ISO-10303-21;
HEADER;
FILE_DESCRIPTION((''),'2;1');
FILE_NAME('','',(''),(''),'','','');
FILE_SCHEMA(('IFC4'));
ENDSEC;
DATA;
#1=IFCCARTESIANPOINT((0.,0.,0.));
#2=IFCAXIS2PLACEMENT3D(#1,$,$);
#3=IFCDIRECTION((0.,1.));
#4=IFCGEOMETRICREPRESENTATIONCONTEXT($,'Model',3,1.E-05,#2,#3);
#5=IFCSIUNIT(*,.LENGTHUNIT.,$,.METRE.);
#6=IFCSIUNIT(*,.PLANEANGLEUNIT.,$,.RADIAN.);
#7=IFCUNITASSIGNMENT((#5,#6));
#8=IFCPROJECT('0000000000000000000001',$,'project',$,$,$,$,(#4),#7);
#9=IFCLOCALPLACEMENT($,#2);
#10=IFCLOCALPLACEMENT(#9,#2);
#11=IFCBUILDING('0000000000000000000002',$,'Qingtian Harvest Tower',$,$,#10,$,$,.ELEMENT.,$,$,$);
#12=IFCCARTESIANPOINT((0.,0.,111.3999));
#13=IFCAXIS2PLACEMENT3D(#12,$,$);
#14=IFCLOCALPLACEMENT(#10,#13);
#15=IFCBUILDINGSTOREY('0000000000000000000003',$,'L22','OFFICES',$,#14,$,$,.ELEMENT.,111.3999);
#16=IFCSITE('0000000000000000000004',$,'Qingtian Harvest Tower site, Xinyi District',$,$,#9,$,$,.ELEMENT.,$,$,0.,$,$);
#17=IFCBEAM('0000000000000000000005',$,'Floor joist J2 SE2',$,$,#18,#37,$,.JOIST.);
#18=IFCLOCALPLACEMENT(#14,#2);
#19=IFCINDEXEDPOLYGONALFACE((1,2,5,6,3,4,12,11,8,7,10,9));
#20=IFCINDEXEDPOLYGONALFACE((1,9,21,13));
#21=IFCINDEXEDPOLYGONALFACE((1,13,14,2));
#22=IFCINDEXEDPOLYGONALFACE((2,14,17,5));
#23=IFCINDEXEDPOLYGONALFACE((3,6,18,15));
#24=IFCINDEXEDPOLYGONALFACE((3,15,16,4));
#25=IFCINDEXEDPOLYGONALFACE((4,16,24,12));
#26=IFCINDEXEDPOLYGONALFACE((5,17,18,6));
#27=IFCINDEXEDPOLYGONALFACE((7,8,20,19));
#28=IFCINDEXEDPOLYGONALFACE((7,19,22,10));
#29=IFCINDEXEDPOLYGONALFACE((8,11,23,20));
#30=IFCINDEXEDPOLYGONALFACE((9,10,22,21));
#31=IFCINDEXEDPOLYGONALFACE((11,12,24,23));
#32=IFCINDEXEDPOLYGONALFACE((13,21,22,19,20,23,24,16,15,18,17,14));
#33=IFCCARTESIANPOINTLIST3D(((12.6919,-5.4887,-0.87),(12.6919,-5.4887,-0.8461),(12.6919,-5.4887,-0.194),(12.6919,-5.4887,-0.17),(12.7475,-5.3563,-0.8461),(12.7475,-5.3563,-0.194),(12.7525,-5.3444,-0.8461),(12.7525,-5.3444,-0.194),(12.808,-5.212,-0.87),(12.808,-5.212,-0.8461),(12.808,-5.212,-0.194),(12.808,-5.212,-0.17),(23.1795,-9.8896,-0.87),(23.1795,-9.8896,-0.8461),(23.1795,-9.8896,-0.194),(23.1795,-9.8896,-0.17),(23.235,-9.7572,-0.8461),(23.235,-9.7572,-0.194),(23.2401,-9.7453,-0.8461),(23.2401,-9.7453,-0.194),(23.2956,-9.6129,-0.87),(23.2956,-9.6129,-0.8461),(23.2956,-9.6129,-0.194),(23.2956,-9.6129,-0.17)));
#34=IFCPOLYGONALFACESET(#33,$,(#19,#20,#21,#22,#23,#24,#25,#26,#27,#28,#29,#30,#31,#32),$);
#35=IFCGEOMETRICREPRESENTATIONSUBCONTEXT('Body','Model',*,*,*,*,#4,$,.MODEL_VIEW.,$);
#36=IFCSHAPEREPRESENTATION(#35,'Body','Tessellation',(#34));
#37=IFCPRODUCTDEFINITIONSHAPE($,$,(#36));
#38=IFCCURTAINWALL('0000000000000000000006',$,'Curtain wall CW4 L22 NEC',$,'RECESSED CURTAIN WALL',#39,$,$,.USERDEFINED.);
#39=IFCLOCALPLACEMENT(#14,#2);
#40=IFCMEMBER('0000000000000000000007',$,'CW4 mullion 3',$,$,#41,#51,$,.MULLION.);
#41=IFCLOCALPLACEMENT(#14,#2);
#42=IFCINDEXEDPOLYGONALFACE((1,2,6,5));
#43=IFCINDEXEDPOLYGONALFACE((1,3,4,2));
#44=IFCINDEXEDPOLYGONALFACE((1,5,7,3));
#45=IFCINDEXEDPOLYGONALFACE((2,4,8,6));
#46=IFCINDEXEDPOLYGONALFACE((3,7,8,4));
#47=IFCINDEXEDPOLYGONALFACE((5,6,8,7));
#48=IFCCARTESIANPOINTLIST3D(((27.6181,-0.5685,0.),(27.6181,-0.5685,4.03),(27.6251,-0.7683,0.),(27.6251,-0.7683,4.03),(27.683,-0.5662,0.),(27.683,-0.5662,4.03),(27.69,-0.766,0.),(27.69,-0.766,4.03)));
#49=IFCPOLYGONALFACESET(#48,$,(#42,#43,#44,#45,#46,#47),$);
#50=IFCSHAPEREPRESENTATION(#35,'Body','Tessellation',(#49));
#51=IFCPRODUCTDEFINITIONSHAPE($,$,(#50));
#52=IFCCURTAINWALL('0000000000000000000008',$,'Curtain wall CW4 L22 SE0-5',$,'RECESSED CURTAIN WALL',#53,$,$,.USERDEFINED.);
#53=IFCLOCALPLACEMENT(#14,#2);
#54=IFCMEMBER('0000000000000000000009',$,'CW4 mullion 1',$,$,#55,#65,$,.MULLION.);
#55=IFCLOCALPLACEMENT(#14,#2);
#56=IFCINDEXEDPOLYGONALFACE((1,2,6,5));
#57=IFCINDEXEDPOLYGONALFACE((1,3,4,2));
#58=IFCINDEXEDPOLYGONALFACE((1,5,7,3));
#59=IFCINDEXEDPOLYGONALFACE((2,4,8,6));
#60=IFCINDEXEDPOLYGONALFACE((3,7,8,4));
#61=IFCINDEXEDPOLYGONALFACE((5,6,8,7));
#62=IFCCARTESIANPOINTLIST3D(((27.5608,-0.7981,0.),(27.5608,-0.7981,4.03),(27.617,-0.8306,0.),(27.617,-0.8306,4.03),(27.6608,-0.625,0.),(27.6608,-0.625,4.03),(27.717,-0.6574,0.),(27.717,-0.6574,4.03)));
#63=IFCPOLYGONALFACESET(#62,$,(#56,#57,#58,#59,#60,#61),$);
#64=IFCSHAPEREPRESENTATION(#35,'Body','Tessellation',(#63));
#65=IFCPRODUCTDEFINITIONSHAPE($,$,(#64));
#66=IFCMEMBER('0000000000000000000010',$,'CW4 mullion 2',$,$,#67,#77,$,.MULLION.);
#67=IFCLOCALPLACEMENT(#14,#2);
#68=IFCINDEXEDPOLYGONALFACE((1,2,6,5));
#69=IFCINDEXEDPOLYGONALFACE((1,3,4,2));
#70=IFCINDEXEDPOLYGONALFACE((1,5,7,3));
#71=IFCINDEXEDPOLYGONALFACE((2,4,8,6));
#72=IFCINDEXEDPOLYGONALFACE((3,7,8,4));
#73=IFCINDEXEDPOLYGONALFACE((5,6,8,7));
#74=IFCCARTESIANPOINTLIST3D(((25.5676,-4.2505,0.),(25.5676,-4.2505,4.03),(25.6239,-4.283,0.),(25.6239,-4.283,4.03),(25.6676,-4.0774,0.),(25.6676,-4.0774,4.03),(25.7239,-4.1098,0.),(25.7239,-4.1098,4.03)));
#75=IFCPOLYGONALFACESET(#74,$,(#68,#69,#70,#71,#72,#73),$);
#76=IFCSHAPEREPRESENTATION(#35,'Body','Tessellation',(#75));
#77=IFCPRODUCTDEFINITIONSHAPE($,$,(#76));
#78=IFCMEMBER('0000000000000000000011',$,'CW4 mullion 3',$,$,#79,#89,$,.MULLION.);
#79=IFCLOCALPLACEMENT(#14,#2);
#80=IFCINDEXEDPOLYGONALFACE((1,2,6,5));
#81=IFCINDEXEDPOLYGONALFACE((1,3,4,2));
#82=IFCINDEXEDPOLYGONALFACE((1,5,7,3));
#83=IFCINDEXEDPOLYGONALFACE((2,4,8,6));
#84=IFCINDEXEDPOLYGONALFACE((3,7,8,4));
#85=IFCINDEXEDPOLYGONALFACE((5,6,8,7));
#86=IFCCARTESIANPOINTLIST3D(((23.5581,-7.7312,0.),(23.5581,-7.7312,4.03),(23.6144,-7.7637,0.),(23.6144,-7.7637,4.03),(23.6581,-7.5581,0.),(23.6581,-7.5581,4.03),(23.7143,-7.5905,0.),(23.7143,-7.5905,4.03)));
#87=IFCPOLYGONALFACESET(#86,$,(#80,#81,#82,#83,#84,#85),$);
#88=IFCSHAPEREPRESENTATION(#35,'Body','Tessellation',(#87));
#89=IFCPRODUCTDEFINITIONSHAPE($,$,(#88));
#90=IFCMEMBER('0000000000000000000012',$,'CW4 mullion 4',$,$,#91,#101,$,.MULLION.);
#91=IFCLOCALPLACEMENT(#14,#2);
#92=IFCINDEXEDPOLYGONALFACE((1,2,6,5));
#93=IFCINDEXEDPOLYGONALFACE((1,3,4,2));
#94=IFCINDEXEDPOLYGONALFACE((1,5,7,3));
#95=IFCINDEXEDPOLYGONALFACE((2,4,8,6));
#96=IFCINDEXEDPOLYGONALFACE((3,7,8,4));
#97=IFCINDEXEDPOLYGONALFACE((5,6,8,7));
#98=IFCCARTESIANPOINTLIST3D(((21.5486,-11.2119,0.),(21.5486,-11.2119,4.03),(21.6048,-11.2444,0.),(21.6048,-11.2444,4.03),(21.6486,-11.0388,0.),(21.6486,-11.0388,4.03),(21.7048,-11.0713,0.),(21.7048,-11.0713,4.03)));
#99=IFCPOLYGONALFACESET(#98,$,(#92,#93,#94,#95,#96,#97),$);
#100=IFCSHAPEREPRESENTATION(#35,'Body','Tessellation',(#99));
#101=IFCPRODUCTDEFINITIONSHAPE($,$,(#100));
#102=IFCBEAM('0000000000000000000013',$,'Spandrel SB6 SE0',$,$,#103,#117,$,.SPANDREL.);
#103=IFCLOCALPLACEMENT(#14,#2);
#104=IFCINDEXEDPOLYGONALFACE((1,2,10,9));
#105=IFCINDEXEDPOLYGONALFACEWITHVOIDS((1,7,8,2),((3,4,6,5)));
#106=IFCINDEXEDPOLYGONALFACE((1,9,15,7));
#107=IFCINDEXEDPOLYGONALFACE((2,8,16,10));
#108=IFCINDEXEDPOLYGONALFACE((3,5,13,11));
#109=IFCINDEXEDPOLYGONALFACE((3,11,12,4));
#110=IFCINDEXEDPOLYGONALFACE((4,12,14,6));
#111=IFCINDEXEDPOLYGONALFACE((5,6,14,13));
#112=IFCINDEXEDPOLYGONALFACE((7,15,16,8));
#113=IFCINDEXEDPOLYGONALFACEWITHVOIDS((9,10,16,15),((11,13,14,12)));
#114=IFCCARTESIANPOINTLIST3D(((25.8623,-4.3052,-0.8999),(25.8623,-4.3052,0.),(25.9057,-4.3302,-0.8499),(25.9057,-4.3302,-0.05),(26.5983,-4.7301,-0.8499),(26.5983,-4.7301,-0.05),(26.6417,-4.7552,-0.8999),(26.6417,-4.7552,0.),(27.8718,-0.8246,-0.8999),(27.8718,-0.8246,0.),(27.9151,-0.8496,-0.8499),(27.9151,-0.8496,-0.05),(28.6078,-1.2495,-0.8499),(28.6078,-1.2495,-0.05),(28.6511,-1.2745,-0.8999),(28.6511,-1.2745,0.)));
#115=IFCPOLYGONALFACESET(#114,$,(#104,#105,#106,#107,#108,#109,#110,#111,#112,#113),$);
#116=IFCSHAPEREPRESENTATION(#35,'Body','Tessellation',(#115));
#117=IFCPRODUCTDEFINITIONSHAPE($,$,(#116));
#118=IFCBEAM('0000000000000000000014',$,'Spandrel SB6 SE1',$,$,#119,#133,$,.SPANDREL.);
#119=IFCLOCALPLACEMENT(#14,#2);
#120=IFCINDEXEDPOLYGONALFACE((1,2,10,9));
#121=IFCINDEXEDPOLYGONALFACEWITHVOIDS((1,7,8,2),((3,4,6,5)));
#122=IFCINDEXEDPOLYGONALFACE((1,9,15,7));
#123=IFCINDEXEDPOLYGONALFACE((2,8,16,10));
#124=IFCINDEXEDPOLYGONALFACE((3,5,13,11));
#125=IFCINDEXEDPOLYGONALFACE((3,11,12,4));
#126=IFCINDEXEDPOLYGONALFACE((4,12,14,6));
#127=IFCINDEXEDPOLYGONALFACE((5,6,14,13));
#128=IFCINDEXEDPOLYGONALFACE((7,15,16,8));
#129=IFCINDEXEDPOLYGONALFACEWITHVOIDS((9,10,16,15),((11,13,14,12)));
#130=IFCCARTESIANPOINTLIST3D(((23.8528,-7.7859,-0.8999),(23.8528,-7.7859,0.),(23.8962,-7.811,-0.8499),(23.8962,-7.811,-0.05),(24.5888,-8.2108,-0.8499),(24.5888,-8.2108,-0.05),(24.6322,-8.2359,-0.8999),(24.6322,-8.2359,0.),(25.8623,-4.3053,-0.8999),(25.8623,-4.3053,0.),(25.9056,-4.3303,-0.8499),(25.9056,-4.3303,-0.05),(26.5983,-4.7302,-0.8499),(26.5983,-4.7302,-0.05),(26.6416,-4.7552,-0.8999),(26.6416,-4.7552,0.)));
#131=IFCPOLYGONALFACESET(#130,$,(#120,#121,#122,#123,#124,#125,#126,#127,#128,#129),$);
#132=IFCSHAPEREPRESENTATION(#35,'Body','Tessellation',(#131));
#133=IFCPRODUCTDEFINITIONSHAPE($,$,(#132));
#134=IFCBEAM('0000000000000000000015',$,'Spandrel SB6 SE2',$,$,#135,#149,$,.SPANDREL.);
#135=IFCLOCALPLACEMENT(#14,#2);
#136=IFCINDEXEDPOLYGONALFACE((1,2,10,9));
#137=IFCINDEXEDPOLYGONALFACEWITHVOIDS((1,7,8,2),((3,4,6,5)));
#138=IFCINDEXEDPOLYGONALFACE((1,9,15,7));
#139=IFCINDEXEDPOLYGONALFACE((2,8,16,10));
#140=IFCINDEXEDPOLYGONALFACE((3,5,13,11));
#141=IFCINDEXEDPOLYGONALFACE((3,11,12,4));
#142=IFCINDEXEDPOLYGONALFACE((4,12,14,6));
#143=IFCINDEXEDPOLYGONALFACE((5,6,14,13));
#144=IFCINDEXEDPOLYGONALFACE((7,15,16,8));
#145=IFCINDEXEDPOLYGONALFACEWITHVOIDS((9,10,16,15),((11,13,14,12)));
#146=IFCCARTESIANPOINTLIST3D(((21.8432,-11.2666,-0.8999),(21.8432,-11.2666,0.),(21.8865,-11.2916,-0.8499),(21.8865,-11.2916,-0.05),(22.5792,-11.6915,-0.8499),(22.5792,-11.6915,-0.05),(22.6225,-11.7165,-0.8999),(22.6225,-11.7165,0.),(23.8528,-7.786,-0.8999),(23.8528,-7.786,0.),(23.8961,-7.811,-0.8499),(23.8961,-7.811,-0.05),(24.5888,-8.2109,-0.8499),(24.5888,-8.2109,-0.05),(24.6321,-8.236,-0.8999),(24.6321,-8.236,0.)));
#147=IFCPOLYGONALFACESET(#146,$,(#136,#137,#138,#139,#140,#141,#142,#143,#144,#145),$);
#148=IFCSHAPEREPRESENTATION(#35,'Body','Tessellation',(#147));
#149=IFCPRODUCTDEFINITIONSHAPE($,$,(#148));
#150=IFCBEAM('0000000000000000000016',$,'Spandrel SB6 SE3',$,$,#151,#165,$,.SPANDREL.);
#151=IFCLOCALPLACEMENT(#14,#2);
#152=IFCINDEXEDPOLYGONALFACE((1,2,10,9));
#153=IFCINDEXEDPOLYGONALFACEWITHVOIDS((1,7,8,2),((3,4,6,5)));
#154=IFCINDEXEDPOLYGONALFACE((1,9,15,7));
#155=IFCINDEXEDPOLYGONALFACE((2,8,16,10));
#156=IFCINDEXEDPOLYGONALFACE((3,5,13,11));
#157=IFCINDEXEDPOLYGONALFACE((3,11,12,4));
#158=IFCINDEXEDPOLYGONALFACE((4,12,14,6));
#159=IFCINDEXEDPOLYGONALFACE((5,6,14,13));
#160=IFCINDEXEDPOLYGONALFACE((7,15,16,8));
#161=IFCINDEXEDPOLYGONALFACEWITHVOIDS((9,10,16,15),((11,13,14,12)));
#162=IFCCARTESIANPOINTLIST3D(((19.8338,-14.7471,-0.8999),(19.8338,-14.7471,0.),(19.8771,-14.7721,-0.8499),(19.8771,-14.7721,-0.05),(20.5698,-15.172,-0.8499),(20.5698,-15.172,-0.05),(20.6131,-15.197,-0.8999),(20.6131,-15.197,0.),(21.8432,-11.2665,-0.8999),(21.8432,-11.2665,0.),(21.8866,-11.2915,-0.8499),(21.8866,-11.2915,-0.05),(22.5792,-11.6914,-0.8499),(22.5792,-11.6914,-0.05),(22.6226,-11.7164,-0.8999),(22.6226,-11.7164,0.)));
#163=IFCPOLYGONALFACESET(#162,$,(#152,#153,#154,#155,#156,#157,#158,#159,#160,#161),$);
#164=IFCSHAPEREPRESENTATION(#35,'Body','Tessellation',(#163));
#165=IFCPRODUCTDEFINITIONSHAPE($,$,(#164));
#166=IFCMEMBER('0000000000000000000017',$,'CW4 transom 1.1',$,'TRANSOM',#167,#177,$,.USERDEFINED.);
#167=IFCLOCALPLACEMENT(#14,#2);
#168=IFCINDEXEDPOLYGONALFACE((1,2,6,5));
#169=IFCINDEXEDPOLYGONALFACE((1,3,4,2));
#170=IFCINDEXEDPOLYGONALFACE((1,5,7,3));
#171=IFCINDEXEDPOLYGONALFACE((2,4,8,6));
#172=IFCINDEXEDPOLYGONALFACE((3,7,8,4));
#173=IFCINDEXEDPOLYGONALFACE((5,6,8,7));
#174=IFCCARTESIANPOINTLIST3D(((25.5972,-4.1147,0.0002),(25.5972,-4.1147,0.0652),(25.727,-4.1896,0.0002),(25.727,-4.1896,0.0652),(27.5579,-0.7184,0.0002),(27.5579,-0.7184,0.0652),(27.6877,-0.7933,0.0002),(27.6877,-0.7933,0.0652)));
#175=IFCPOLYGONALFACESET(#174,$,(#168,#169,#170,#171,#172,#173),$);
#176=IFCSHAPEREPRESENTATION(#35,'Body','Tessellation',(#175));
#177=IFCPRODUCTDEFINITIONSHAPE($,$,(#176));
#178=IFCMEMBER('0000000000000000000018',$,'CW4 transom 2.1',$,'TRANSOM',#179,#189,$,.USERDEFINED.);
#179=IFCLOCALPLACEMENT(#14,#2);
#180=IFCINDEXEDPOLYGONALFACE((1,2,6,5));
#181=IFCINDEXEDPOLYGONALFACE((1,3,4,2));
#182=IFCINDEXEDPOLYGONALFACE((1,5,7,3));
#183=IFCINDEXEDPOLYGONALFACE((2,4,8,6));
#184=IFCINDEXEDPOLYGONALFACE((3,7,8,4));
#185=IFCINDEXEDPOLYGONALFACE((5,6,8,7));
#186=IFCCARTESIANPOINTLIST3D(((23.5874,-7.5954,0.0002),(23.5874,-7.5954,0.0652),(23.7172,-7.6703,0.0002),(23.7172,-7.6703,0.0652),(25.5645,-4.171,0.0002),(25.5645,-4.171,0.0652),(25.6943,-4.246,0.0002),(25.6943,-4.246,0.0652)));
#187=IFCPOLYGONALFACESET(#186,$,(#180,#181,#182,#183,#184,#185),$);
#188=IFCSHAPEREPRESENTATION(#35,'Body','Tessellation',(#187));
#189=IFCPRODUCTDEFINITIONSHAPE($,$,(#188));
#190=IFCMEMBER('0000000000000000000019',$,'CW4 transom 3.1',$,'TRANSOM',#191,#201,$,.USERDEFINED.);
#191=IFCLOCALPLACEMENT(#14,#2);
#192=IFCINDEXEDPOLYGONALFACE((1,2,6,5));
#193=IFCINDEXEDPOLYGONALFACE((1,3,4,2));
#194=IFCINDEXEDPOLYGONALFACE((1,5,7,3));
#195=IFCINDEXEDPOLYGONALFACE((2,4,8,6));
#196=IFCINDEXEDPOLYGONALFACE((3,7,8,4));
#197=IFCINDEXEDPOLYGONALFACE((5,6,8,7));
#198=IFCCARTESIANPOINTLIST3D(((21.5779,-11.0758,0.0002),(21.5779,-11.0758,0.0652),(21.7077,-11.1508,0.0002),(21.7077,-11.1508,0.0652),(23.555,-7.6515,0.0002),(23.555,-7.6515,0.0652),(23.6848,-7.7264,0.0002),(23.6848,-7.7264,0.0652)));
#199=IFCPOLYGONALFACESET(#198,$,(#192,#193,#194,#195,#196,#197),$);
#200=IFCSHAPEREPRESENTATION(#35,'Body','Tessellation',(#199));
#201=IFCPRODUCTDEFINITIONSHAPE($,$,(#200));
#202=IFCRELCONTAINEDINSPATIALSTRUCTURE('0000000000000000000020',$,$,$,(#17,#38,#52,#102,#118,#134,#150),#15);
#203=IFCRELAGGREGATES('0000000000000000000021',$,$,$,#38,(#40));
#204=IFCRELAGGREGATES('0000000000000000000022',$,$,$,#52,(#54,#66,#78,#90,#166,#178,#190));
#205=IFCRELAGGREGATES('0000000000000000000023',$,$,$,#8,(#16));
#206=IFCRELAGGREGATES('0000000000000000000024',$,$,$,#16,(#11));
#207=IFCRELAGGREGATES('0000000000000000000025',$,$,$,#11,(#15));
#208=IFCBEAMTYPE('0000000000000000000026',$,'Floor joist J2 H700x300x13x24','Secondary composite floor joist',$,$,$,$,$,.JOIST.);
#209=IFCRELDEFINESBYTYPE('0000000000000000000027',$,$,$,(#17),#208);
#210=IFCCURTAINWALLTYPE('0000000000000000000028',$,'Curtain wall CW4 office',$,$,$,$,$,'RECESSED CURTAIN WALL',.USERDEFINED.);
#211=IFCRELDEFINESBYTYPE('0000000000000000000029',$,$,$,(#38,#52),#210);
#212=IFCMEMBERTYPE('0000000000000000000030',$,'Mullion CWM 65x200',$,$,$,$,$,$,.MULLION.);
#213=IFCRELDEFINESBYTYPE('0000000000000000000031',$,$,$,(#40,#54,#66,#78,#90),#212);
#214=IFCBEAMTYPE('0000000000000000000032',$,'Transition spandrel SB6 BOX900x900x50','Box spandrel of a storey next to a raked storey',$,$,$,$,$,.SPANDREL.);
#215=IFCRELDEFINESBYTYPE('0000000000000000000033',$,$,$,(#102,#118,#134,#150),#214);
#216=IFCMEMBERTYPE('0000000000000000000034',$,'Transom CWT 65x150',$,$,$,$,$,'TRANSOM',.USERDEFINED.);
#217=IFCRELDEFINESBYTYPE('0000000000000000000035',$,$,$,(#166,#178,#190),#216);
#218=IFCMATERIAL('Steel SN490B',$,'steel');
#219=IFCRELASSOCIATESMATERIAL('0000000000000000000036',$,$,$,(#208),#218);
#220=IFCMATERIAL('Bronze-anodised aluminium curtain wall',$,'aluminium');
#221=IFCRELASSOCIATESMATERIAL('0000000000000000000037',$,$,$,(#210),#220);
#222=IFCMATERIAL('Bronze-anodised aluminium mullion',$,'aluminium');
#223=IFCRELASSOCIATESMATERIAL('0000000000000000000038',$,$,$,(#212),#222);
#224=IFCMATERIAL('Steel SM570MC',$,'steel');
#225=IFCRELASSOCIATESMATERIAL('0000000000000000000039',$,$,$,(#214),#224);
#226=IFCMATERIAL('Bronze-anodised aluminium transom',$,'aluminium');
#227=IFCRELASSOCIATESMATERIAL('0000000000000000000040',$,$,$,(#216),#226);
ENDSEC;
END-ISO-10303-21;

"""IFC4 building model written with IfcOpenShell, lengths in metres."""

from ifc_helpers import new_model, si_unit, direction, frame, origin, origin_2d, place, context, subcontext, project, spatial, rectangle, hollow_rectangle, i_section, extrude, material, material_profile, profile_set, type_object, element, aggregate, save


model = new_model("IFC4")

# Units and contexts
model_context = context("Model", 3, precision=1e-05, world=origin(), true_north=direction((0.0, 1.0)))
body_context = subcontext(model_context, "Body", "Model", "MODEL_VIEW")
ifc_project = project(units=[si_unit("LENGTHUNIT", "METRE"), si_unit("PLANEANGLEUNIT", "RADIAN")], contexts=[model_context])

# Site, building, storey
site_placement = place(None, origin())
site = spatial("IfcSite", under=ifc_project, at=site_placement, Name="Qingtian Harvest Tower site, Xinyi District", CompositionType="ELEMENT", RefElevation=0.0)
building_placement = place(site_placement, origin())
building = spatial("IfcBuilding", under=site, at=building_placement, Name="Qingtian Harvest Tower", CompositionType="ELEMENT")
storey_placement = place(building_placement, frame((0.0, 0.0, 111.3999)))
storey = spatial("IfcBuildingStorey", under=building, at=storey_placement, Name="L22", Description="OFFICES", CompositionType="ELEMENT", Elevation=111.3999)

# Beam
ifc_material_1 = material(Name="Steel SN490B", Category="steel")
ifc_material_profile_1 = material_profile(ifc_material_1, i_section(OverallWidth=0.3, OverallDepth=0.7, WebThickness=0.0129, FlangeThickness=0.0239, at=origin_2d()), Name="H700x300x13x24")
ifc_profile_set_1 = profile_set([ifc_material_profile_1], Name="Steel SN490B")
beam_type_1 = type_object("IfcBeamType", Name="Floor joist J2 H700x300x13x24", Description="Secondary composite floor joist", PredefinedType="JOIST", material=ifc_profile_set_1)
beam_1_placement = place(storey_placement, frame((23.2375, -9.7512, -0.52), z_axis=(-0.922104, 0.386942, 0.0), x_axis=(-0.386942, -0.922104, 0.0)))
element("IfcBeam", 1, at=beam_1_placement, inside=storey, type_object=beam_type_1, Name="Floor joist J2 SE2", PredefinedType="JOIST", context=body_context, shape_type="SweptSolid", body=[
    extrude(i_section(OverallWidth=0.3, OverallDepth=0.7, WebThickness=0.0129, FlangeThickness=0.0239, at=origin_2d()), origin(), (0.0, 0.0, 1.0), 11.3735),
])

# Curtain wall, member
ifc_material_2 = material(Name="Bronze-anodised aluminium curtain wall", Category="aluminium")
curtain_wall_type = type_object("IfcCurtainWallType", Name="Curtain wall CW4 office", ElementType="RECESSED CURTAIN WALL", PredefinedType="USERDEFINED", material=ifc_material_2)
curtain_wall_1_placement = place(storey_placement, origin())
curtain_wall_1 = element("IfcCurtainWall", 2, at=curtain_wall_1_placement, inside=storey, type_object=curtain_wall_type, Name="Curtain wall CW4 L22 NEC", ObjectType="RECESSED CURTAIN WALL", PredefinedType="USERDEFINED")
ifc_material_3 = material(Name="Bronze-anodised aluminium mullion", Category="aluminium")
ifc_material_profile_2 = material_profile(ifc_material_3, rectangle(XDim=0.0649, YDim=0.2, at=origin_2d()), Name="AL 65x200")
ifc_profile_set_2 = profile_set([ifc_material_profile_2], Name="Bronze-anodised aluminium mullion")
member_type_1 = type_object("IfcMemberType", Name="Mullion CWM 65x200", PredefinedType="MULLION", material=ifc_profile_set_2)
member_1_placement = place(storey_placement, frame((27.6541, -0.6672, 0.0), z_axis=(0.0, 0.0, 1.0), x_axis=(0.999391, 0.034899, 0.0)))
member_1 = element("IfcMember", 3, at=member_1_placement, type_object=member_type_1, Name="CW4 mullion 3", PredefinedType="MULLION", context=body_context, shape_type="SweptSolid", body=[
    extrude(rectangle(XDim=0.0649, YDim=0.2, at=origin_2d()), origin(), (0.0, 0.0, 1.0), 4.03),
])
aggregate(curtain_wall_1, [member_1])

# Curtain wall, members
curtain_wall_2_placement = place(storey_placement, origin())
curtain_wall_2 = element("IfcCurtainWall", 4, at=curtain_wall_2_placement, inside=storey, type_object=curtain_wall_type, Name="Curtain wall CW4 L22 SE0-5", ObjectType="RECESSED CURTAIN WALL", PredefinedType="USERDEFINED")
member_2_placement = place(storey_placement, frame((27.6389, -0.7278, 0.0), z_axis=(0.0, 0.0, 1.0), x_axis=(0.866025, -0.5, 0.0)))
member_2 = element("IfcMember", 5, at=member_2_placement, type_object=member_type_1, Name="CW4 mullion 1", PredefinedType="MULLION", context=body_context, shape_type="SweptSolid", body=[
    extrude(rectangle(XDim=0.0649, YDim=0.2, at=origin_2d()), origin(), (0.0, 0.0, 1.0), 4.03),
])
member_3_placement = place(storey_placement, frame((25.6458, -4.1802, 0.0), z_axis=(0.0, 0.0, 1.0), x_axis=(0.866025, -0.5, 0.0)))
member_3 = element("IfcMember", 6, at=member_3_placement, type_object=member_type_1, Name="CW4 mullion 2", PredefinedType="MULLION", context=body_context, shape_type="SweptSolid", body=[
    extrude(rectangle(XDim=0.0649, YDim=0.2, at=origin_2d()), origin(), (0.0, 0.0, 1.0), 4.03),
])
member_4_placement = place(storey_placement, frame((23.6362, -7.6609, 0.0), z_axis=(0.0, 0.0, 1.0), x_axis=(0.866025, -0.5, 0.0)))
member_4 = element("IfcMember", 7, at=member_4_placement, type_object=member_type_1, Name="CW4 mullion 3", PredefinedType="MULLION", context=body_context, shape_type="SweptSolid", body=[
    extrude(rectangle(XDim=0.0649, YDim=0.2, at=origin_2d()), origin(), (0.0, 0.0, 1.0), 4.03),
])
member_5_placement = place(storey_placement, frame((21.6267, -11.1416, 0.0), z_axis=(0.0, 0.0, 1.0), x_axis=(0.866025, -0.5, 0.0)))
member_5 = element("IfcMember", 8, at=member_5_placement, type_object=member_type_1, Name="CW4 mullion 4", PredefinedType="MULLION", context=body_context, shape_type="SweptSolid", body=[
    extrude(rectangle(XDim=0.0649, YDim=0.2, at=origin_2d()), origin(), (0.0, 0.0, 1.0), 4.03),
])

# Beams
ifc_material_4 = material(Name="Steel SM570MC", Category="steel")
ifc_material_profile_3 = material_profile(ifc_material_4, hollow_rectangle(XDim=0.8999, YDim=0.8999, WallThickness=0.05, at=origin_2d()), Name="BOX900x900x50")
ifc_profile_set_3 = profile_set([ifc_material_profile_3], Name="Steel SM570MC")
beam_type_2 = type_object("IfcBeamType", Name="Transition spandrel SB6 BOX900x900x50", Description="Box spandrel of a storey next to a raked storey", PredefinedType="SPANDREL", material=ifc_profile_set_3)
for number, where, z_axis, x_axis, name in (
    (9, (28.2615, -1.0496, -0.45), (-0.499987, -0.866033, 0.0), (0.866033, -0.499987, 0.0), "Spandrel SB6 SE0"),
    (10, (26.252, -4.5303, -0.45), (-0.499987, -0.866033, 0.0), (0.866033, -0.499987, 0.0), "Spandrel SB6 SE1"),
    (11, (24.2424, -8.011, -0.45), (-0.500013, -0.866018, 0.0), (0.866018, -0.500013, 0.0), "Spandrel SB6 SE2"),
    (12, (22.2329, -11.4915, -0.45), (-0.499987, -0.866033, 0.0), (0.866033, -0.499987, 0.0), "Spandrel SB6 SE3"),
):
    element("IfcBeam", number, at=place(storey_placement, frame(where, z_axis=z_axis, x_axis=x_axis)), inside=storey, type_object=beam_type_2, Name=name, PredefinedType="SPANDREL", context=body_context, shape_type="SweptSolid", body=[
        extrude(hollow_rectangle(XDim=0.8999, YDim=0.8999, WallThickness=0.05, at=origin_2d()), origin(), (0.0, 0.0, 1.0), 4.019),
    ])

# Members
ifc_material_5 = material(Name="Bronze-anodised aluminium transom", Category="aluminium")
ifc_material_profile_4 = material_profile(ifc_material_5, rectangle(XDim=0.1499, YDim=0.0649, at=origin_2d()), Name="AL 65x150")
ifc_profile_set_4 = profile_set([ifc_material_profile_4], Name="Bronze-anodised aluminium transom")
member_type_2 = type_object("IfcMemberType", Name="Transom CWT 65x150", ElementType="TRANSOM", PredefinedType="USERDEFINED", material=ifc_profile_set_4)
member_6_placement = place(storey_placement, frame((27.6228, -0.7559, 0.0327), z_axis=(-0.499976, -0.866039, 0.0), x_axis=(0.866039, -0.499976, 0.0)))
member_6 = element("IfcMember", 13, at=member_6_placement, type_object=member_type_2, Name="CW4 transom 1.1", ObjectType="TRANSOM", PredefinedType="USERDEFINED", context=body_context, shape_type="SweptSolid", body=[
    extrude(rectangle(XDim=0.1499, YDim=0.0649, at=origin_2d()), origin(), (0.0, 0.0, 1.0), 3.9216),
])
member_7_placement = place(storey_placement, frame((25.6294, -4.2085, 0.0327), z_axis=(-0.500004, -0.866023, 0.0), x_axis=(0.866023, -0.500004, 0.0)))
member_7 = element("IfcMember", 14, at=member_7_placement, type_object=member_type_2, Name="CW4 transom 2.1", ObjectType="TRANSOM", PredefinedType="USERDEFINED", context=body_context, shape_type="SweptSolid", body=[
    extrude(rectangle(XDim=0.1499, YDim=0.0649, at=origin_2d()), origin(), (0.0, 0.0, 1.0), 3.9541),
])
member_8_placement = place(storey_placement, frame((23.6199, -7.689, 0.0327), z_axis=(-0.500004, -0.866023, 0.0), x_axis=(0.866023, -0.500004, 0.0)))
member_8 = element("IfcMember", 15, at=member_8_placement, type_object=member_type_2, Name="CW4 transom 3.1", ObjectType="TRANSOM", PredefinedType="USERDEFINED", context=body_context, shape_type="SweptSolid", body=[
    extrude(rectangle(XDim=0.1499, YDim=0.0649, at=origin_2d()), origin(), (0.0, 0.0, 1.0), 3.9541),
])

aggregate(curtain_wall_2, [member_2, member_3, member_4, member_5, member_6, member_7, member_8])

save(model, "model.ifc")
